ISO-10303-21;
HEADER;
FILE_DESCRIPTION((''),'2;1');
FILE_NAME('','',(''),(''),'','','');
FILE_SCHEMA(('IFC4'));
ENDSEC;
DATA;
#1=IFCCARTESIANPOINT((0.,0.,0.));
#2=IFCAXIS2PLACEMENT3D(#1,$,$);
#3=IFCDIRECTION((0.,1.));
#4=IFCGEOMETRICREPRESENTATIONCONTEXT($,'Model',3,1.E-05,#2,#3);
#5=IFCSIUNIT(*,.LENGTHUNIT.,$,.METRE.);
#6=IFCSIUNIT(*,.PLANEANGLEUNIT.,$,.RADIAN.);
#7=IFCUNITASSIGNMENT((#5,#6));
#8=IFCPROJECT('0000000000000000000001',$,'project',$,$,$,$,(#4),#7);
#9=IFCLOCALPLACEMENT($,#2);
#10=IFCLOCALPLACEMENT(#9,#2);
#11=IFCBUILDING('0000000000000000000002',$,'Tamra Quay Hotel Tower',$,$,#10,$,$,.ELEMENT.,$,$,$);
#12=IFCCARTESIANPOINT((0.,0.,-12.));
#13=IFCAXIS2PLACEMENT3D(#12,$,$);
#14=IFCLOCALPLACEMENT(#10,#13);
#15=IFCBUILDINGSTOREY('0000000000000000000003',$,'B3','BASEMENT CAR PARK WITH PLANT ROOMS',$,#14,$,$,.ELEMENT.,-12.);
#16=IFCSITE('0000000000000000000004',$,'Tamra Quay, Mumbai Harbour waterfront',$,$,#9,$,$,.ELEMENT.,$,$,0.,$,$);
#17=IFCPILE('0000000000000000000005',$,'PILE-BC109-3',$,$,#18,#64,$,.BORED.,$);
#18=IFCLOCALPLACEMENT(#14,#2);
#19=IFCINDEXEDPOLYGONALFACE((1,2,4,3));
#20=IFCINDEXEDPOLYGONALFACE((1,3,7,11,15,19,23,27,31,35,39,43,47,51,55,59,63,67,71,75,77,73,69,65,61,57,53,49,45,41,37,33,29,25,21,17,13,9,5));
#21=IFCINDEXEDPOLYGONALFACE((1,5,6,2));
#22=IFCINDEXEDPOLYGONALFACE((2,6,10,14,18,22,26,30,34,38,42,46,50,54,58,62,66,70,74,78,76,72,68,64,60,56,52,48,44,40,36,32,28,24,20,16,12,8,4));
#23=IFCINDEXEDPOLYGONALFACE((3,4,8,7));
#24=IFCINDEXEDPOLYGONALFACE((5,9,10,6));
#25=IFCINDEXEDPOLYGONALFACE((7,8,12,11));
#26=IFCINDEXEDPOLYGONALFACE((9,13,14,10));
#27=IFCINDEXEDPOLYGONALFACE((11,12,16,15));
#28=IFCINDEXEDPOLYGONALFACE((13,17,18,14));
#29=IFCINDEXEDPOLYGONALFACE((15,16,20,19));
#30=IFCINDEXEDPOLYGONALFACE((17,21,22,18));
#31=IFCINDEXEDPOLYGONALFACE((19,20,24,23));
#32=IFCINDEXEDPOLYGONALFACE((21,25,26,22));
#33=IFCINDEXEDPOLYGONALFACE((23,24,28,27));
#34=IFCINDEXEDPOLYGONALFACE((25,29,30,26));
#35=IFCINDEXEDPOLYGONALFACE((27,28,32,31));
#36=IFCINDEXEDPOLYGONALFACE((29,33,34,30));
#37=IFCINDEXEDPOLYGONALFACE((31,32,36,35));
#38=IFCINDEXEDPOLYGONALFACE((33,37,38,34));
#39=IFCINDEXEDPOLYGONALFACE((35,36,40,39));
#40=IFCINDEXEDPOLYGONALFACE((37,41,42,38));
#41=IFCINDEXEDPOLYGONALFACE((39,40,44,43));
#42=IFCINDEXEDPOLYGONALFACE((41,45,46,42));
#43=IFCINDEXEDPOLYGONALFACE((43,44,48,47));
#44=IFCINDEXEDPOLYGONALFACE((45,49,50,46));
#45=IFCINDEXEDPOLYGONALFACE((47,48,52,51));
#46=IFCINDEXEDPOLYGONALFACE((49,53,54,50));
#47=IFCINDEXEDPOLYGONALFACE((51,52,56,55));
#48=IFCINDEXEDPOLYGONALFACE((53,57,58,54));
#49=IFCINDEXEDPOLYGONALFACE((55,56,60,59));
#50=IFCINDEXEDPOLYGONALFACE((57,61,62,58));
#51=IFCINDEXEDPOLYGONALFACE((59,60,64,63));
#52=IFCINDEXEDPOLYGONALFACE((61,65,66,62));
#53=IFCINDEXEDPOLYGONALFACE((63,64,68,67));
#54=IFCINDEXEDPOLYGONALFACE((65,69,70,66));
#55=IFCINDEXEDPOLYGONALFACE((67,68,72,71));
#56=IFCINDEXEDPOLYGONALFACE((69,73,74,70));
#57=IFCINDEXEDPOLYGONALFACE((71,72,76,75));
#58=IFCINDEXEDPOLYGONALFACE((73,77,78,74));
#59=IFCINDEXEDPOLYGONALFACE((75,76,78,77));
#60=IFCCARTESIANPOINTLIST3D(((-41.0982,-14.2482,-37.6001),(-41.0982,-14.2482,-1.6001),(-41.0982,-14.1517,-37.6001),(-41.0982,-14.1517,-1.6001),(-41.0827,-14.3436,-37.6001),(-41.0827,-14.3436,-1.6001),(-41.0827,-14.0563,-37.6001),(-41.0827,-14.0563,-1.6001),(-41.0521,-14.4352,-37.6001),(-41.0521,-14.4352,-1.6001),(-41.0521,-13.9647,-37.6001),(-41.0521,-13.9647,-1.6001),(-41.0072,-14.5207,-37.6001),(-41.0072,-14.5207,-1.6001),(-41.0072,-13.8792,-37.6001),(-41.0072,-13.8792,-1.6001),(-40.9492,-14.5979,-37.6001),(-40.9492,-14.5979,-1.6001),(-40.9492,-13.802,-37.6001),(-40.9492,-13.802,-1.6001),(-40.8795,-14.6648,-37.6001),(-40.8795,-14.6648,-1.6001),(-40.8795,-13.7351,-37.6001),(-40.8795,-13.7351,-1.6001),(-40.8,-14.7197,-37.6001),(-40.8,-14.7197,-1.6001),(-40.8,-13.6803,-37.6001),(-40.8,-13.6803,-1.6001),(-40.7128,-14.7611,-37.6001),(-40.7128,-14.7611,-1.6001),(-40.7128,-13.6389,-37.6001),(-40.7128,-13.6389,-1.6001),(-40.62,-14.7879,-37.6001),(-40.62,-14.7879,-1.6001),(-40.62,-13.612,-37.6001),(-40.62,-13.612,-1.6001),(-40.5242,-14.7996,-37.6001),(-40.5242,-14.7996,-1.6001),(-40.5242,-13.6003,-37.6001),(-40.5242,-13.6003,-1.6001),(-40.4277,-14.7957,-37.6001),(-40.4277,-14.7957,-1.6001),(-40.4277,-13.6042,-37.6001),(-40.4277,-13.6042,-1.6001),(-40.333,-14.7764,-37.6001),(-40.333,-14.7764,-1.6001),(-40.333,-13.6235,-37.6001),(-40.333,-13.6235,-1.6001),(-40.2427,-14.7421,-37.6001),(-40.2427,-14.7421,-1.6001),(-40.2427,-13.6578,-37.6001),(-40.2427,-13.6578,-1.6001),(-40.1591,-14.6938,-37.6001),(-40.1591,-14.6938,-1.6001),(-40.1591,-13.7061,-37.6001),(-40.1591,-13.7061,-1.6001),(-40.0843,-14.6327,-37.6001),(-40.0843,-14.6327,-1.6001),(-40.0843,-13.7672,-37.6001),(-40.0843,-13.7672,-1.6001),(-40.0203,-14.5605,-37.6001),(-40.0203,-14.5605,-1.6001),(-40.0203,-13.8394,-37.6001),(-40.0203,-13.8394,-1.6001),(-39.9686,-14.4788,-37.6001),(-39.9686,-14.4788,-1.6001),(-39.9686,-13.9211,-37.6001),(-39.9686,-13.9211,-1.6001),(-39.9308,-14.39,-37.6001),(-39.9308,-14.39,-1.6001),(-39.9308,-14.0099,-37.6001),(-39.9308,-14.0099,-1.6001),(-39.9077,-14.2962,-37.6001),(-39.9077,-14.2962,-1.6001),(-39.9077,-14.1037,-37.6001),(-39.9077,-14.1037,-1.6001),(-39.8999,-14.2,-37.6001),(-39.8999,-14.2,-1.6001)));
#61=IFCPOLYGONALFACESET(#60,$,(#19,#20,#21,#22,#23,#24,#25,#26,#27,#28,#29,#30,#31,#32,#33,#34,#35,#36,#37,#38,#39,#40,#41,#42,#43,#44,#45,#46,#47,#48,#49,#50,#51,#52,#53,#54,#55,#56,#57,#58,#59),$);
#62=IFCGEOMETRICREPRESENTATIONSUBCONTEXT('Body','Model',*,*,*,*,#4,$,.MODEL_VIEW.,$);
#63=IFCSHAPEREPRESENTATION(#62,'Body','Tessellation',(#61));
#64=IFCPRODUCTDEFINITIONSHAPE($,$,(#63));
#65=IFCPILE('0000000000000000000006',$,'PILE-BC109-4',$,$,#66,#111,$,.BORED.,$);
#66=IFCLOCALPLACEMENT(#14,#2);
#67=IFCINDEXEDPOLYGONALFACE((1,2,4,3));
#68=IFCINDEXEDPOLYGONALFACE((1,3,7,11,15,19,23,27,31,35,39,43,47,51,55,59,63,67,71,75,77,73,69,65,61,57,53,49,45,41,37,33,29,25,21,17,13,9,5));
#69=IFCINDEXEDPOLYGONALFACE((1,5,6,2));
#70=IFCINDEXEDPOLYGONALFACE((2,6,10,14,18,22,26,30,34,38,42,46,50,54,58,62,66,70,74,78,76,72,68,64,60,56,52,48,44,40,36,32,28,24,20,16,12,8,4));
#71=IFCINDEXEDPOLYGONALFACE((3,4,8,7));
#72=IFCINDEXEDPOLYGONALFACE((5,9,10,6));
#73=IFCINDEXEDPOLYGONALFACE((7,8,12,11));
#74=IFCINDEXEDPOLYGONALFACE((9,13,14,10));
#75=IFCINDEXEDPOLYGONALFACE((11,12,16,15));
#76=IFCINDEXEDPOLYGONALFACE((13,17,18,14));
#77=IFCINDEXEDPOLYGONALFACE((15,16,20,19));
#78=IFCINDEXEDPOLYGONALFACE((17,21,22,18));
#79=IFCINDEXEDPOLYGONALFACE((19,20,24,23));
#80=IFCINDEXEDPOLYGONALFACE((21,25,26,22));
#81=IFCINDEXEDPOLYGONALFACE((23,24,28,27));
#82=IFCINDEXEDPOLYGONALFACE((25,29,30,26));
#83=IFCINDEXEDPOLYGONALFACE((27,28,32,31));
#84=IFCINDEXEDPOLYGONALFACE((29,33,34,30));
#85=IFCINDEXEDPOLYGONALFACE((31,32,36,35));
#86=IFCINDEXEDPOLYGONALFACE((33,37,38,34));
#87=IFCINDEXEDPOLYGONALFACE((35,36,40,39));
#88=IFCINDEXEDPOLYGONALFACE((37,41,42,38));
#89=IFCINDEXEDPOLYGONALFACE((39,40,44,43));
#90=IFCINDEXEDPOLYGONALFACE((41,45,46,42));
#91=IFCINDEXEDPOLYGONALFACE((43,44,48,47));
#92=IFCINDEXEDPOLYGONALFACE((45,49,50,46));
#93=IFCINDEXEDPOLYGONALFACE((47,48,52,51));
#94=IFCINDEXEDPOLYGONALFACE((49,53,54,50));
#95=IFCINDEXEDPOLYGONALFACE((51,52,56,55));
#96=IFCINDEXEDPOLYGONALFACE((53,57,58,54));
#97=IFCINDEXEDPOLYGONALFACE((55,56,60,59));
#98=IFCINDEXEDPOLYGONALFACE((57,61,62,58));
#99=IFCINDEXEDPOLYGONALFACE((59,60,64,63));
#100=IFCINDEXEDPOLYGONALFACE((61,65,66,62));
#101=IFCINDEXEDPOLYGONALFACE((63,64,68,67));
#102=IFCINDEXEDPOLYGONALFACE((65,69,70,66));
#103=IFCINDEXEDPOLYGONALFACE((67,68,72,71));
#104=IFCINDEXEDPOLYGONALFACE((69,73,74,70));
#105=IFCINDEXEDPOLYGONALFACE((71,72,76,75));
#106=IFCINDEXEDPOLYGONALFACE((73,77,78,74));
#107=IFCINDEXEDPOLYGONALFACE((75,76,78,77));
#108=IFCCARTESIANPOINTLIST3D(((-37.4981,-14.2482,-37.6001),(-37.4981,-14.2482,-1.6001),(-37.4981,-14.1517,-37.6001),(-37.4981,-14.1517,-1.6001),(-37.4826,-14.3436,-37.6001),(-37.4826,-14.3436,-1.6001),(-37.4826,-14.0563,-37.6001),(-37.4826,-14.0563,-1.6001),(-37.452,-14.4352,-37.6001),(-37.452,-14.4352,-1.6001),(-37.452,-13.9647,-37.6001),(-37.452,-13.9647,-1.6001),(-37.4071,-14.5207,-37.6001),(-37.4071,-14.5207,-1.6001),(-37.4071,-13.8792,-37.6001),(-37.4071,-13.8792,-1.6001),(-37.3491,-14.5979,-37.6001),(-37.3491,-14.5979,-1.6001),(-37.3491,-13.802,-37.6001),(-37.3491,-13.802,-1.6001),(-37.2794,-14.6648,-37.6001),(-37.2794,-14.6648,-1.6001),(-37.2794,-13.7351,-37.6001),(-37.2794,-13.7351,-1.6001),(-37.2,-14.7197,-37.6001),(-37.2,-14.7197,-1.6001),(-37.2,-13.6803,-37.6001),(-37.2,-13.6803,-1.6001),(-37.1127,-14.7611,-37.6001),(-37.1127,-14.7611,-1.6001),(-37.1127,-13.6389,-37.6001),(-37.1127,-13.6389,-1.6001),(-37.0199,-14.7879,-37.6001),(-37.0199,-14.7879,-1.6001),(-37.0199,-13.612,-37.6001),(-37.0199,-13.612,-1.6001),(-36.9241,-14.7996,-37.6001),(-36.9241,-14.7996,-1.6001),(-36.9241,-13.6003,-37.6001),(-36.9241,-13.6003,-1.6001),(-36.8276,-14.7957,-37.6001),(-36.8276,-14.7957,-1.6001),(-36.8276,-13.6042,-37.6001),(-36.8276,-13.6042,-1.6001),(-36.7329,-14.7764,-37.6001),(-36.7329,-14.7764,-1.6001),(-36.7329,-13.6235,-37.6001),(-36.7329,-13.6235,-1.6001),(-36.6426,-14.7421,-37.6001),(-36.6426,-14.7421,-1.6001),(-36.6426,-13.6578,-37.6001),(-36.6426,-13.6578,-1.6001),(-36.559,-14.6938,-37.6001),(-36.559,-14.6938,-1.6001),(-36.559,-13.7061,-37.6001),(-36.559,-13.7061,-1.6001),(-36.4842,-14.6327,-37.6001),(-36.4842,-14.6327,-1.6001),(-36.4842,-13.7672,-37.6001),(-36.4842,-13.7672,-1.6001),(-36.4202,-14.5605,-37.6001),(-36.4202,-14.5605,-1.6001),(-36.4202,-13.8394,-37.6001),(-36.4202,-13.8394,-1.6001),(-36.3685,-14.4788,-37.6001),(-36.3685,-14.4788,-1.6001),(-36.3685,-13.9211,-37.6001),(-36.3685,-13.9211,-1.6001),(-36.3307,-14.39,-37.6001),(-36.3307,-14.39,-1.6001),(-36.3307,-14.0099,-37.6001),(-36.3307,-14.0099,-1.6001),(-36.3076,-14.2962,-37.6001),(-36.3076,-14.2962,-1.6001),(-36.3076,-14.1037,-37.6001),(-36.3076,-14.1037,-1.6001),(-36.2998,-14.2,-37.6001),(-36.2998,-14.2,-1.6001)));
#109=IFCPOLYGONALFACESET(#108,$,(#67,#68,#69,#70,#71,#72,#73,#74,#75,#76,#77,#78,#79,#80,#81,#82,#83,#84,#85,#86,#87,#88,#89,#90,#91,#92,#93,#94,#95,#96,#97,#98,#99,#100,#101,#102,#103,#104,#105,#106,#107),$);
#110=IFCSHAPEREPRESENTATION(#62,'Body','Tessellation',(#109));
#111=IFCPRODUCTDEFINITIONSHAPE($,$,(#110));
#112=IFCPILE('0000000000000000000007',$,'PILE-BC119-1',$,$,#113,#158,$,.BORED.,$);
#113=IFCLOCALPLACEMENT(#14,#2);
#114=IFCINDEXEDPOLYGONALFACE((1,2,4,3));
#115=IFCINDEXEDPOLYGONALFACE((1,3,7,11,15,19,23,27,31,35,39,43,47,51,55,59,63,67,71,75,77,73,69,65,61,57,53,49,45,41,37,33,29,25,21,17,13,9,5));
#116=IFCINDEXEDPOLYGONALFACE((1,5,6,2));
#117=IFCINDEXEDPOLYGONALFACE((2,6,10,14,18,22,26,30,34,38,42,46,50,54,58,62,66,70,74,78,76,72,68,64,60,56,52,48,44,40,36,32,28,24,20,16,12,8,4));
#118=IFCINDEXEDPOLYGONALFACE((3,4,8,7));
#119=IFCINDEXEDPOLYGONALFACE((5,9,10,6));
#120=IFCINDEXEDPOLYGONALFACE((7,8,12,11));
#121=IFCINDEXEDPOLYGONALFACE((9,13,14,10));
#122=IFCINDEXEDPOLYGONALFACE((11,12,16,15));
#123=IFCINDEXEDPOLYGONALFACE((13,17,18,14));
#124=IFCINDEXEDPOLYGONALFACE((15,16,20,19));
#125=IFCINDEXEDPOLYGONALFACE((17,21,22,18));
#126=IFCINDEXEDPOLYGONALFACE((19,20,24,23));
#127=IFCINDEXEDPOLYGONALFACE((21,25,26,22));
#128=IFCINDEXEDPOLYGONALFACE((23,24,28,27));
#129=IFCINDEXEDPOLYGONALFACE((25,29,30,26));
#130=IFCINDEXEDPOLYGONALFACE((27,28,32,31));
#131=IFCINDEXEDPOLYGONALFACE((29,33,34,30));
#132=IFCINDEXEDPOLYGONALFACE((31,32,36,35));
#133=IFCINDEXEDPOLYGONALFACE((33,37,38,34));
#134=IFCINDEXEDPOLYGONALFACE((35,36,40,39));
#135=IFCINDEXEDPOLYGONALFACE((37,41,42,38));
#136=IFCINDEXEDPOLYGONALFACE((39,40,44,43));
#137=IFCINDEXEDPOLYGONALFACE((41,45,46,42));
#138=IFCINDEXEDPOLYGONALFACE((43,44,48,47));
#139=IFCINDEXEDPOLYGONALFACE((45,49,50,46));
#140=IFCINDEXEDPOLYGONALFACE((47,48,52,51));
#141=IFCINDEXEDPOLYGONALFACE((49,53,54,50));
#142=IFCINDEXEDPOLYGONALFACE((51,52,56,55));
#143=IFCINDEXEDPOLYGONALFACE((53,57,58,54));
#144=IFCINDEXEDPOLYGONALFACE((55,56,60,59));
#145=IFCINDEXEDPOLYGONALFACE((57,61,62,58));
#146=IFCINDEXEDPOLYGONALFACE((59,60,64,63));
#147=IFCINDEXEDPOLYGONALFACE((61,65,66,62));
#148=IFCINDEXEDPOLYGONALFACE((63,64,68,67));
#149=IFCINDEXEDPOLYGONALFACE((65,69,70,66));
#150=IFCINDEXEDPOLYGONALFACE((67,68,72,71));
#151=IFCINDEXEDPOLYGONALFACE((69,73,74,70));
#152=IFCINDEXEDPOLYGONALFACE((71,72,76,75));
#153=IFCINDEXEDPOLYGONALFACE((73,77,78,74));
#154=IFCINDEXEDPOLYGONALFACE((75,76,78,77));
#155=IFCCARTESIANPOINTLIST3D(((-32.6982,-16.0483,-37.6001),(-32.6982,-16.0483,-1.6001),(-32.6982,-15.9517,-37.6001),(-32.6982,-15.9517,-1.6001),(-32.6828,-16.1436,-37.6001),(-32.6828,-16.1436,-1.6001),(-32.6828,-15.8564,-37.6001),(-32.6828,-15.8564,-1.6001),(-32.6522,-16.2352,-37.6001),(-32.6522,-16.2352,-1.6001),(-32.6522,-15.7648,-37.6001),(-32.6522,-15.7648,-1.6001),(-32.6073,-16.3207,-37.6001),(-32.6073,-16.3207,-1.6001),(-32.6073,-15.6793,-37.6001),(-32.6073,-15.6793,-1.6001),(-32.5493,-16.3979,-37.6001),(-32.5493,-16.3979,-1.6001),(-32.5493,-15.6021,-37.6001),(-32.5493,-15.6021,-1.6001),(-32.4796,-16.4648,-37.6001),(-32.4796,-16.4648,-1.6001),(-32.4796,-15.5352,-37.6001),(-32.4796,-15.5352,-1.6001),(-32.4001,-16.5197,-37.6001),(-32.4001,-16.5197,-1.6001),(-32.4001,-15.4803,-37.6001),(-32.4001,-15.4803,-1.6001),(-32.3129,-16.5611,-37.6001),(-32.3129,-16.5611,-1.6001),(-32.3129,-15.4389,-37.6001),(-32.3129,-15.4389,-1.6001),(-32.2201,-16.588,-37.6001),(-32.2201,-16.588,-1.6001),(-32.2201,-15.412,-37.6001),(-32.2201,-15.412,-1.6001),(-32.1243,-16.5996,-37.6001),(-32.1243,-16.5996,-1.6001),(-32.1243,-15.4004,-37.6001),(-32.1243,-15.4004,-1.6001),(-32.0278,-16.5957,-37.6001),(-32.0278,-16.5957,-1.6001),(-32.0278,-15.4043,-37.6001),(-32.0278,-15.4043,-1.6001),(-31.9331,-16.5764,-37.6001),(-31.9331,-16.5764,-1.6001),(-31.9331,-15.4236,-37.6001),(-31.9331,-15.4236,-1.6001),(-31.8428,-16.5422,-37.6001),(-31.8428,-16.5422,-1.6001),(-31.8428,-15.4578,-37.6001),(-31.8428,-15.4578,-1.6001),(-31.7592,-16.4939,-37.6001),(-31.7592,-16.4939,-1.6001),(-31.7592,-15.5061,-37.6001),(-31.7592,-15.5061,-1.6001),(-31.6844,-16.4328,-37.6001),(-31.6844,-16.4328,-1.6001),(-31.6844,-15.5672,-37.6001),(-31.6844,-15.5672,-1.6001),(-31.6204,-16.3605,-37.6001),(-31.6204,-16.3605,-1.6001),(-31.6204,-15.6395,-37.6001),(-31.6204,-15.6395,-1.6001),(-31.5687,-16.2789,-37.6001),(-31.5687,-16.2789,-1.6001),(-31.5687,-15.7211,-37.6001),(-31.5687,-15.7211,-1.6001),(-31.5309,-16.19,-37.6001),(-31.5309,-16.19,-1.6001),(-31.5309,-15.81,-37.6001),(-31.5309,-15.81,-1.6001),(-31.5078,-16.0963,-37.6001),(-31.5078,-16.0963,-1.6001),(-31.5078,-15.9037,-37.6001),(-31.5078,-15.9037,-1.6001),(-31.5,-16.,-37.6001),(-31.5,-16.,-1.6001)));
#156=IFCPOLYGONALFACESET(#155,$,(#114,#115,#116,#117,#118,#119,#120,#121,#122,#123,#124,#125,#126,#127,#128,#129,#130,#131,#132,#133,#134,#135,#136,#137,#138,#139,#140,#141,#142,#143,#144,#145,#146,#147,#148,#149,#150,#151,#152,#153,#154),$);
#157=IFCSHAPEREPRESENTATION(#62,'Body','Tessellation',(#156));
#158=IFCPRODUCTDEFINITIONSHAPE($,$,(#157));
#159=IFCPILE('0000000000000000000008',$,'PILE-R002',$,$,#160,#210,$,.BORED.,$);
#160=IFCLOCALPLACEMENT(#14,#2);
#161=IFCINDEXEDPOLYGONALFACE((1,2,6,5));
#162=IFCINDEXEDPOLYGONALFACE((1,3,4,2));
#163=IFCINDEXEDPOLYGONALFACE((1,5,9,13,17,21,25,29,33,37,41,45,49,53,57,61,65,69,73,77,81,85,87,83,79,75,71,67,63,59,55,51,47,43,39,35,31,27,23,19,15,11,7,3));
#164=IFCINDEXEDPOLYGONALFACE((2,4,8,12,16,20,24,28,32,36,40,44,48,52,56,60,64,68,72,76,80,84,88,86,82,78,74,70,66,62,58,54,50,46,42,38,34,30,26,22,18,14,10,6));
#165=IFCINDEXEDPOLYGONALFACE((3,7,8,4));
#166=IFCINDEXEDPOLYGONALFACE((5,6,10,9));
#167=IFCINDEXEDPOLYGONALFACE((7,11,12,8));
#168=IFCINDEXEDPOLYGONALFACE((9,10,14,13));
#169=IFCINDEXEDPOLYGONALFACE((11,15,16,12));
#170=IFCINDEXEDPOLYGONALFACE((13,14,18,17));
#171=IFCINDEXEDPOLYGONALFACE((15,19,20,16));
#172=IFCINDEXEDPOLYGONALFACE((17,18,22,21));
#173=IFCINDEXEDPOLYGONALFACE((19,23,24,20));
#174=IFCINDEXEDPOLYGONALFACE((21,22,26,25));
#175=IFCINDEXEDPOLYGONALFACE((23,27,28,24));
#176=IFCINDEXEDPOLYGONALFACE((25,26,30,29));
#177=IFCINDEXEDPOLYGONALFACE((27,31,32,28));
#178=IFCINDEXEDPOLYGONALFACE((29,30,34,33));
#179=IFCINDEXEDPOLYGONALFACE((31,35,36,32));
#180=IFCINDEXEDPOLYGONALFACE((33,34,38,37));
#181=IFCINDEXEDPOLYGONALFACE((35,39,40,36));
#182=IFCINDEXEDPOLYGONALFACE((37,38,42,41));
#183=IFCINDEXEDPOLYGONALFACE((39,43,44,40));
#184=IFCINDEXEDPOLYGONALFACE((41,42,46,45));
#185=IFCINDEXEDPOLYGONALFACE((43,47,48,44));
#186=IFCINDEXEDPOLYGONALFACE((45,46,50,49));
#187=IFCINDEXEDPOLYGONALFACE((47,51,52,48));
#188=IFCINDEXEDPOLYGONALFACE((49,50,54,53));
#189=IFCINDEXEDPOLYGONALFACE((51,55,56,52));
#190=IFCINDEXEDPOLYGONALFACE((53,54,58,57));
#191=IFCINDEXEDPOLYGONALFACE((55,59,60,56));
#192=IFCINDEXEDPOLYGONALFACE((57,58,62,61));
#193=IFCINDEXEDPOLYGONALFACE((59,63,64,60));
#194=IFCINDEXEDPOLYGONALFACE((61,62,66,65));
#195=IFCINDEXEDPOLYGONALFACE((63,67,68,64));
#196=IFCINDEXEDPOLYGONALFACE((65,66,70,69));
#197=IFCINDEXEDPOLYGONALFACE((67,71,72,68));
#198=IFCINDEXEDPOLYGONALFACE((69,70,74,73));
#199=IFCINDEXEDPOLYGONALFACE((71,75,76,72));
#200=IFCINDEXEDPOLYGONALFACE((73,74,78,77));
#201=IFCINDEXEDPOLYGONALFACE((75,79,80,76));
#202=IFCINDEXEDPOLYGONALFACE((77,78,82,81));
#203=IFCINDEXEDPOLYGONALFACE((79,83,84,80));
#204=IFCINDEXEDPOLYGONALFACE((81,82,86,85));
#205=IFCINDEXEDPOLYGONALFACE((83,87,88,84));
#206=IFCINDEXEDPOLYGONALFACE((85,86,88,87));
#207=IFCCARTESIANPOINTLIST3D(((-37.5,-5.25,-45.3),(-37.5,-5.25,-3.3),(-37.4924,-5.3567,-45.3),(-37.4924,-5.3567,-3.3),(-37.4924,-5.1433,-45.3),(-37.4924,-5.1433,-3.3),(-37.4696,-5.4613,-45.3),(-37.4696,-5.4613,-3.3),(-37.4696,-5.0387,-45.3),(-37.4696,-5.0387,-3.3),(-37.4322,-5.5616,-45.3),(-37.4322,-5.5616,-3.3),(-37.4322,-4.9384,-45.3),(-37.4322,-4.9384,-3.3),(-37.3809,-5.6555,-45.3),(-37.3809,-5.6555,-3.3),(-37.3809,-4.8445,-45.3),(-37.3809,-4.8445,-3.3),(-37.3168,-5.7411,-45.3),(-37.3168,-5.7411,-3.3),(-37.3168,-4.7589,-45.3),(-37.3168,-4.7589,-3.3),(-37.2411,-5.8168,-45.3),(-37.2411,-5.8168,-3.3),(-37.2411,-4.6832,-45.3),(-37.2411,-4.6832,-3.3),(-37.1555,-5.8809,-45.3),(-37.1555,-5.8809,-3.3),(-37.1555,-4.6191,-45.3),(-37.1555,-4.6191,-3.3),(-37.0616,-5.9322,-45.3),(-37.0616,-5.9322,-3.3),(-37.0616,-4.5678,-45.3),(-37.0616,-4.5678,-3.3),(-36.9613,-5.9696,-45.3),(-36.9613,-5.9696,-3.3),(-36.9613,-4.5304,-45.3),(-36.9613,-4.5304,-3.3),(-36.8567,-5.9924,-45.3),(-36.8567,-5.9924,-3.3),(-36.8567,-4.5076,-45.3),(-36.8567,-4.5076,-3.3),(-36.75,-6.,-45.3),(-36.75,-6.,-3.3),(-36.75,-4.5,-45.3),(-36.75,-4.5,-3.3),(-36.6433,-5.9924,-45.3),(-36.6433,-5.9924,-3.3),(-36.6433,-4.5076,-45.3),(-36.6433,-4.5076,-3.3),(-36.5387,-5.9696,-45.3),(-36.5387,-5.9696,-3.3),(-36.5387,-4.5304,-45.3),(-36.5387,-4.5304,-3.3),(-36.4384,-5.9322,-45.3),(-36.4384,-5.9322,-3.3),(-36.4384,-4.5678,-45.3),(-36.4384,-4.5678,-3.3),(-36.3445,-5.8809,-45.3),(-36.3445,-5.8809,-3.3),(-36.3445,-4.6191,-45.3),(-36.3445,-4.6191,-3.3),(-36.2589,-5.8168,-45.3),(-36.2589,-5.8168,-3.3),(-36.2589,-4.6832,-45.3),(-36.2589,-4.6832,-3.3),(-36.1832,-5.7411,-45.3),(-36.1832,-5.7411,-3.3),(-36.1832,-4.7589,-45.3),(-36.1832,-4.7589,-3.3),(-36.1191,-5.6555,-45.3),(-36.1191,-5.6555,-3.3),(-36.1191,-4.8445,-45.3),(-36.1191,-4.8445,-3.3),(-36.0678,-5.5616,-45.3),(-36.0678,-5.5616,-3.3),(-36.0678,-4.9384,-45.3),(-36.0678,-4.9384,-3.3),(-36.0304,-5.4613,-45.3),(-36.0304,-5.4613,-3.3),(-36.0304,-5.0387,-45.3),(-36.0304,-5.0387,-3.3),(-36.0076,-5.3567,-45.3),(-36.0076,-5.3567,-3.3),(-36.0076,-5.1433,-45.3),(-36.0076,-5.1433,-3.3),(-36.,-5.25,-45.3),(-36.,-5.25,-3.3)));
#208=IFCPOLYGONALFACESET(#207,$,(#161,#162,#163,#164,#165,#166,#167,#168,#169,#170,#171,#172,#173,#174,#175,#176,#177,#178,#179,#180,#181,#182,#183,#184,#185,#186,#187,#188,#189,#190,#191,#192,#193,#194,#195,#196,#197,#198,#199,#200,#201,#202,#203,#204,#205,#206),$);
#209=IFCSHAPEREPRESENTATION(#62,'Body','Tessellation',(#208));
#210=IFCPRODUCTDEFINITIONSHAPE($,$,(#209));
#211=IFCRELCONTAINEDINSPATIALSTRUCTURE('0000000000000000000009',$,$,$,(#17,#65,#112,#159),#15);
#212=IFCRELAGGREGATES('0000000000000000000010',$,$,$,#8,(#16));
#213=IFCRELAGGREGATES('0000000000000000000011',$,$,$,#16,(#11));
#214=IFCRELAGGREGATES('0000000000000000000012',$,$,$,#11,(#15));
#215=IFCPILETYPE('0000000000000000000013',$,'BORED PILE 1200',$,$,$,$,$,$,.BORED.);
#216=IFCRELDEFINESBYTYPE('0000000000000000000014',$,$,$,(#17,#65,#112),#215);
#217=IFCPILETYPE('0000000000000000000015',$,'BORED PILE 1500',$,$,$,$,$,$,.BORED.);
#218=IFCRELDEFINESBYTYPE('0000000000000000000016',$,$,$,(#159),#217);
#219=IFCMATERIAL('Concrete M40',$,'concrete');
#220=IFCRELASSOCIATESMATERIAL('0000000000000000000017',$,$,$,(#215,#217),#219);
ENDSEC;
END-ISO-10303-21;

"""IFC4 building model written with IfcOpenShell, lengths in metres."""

from ifc_helpers import new_model, si_unit, direction, frame, origin, origin_2d, place, context, subcontext, project, spatial, circle, extrude, material, material_profile, profile_set, type_object, element, save


model = new_model("IFC4")

# Units and contexts
model_context = context("Model", 3, precision=1e-05, world=origin(), true_north=direction((0.0, 1.0)))
body_context = subcontext(model_context, "Body", "Model", "MODEL_VIEW")
ifc_project = project(units=[si_unit("LENGTHUNIT", "METRE"), si_unit("PLANEANGLEUNIT", "RADIAN")], contexts=[model_context])

# Site, building, storey
site_placement = place(None, origin())
site = spatial("IfcSite", under=ifc_project, at=site_placement, Name="Tamra Quay, Mumbai Harbour waterfront", CompositionType="ELEMENT", RefElevation=0.0)
building_placement = place(site_placement, origin())
building = spatial("IfcBuilding", under=site, at=building_placement, Name="Tamra Quay Hotel Tower", CompositionType="ELEMENT")
storey_placement = place(building_placement, frame((0.0, 0.0, -12.0)))
storey = spatial("IfcBuildingStorey", under=building, at=storey_placement, Name="B3", Description="BASEMENT CAR PARK WITH PLANT ROOMS", CompositionType="ELEMENT", Elevation=-12.0)

# Piles
ifc_material_1 = material(Name="Concrete M40", Category="concrete")
ifc_material_profile_1 = material_profile(ifc_material_1, circle(Radius=0.6001, at=origin_2d()), Name="BORED PILE 1200")
ifc_profile_set_1 = profile_set([ifc_material_profile_1], Name="Concrete M40")
pile_type_1 = type_object("IfcPileType", Name="BORED PILE 1200", PredefinedType="BORED", material=ifc_profile_set_1)
for number, where, z_axis, x_axis, name in (
    (1, (-40.5, -14.2, -1.6001), (0.0, 0.0, -1.0), (1.0, 0.0, 0.0), "PILE-BC109-3"),
    (2, (-36.8999, -14.2, -1.6001), (0.0, 0.0, -1.0), (1.0, 0.0, 0.0), "PILE-BC109-4"),
    (3, (-32.1001, -16.0, -1.6001), (0.0, 0.0, -1.0), (1.0, 0.0, 0.0), "PILE-BC119-1"),
):
    element("IfcPile", number, at=place(storey_placement, frame(where, z_axis=z_axis, x_axis=x_axis)), inside=storey, type_object=pile_type_1, Name=name, PredefinedType="BORED", context=body_context, shape_type="SweptSolid", body=[
        extrude(circle(Radius=0.6001, at=origin_2d()), origin(), (0.0, 0.0, 1.0), 36.0),
    ])
ifc_material_profile_2 = material_profile(ifc_material_1, circle(Radius=0.75, at=origin_2d()), Name="BORED PILE 1500")
ifc_profile_set_2 = profile_set([ifc_material_profile_2], Name="Concrete M40")
pile_type_2 = type_object("IfcPileType", Name="BORED PILE 1500", PredefinedType="BORED", material=ifc_profile_set_2)
for number, where, z_axis, x_axis, name in (
    (4, (-36.75, -5.25, -3.3), (0.0, 0.0, -1.0), (1.0, 0.0, 0.0), "PILE-R002"),
):
    element("IfcPile", number, at=place(storey_placement, frame(where, z_axis=z_axis, x_axis=x_axis)), inside=storey, type_object=pile_type_2, Name=name, PredefinedType="BORED", context=body_context, shape_type="SweptSolid", body=[
        extrude(circle(Radius=0.75, at=origin_2d()), origin(), (0.0, 0.0, 1.0), 42.0),
    ])

save(model, "model.ifc")
